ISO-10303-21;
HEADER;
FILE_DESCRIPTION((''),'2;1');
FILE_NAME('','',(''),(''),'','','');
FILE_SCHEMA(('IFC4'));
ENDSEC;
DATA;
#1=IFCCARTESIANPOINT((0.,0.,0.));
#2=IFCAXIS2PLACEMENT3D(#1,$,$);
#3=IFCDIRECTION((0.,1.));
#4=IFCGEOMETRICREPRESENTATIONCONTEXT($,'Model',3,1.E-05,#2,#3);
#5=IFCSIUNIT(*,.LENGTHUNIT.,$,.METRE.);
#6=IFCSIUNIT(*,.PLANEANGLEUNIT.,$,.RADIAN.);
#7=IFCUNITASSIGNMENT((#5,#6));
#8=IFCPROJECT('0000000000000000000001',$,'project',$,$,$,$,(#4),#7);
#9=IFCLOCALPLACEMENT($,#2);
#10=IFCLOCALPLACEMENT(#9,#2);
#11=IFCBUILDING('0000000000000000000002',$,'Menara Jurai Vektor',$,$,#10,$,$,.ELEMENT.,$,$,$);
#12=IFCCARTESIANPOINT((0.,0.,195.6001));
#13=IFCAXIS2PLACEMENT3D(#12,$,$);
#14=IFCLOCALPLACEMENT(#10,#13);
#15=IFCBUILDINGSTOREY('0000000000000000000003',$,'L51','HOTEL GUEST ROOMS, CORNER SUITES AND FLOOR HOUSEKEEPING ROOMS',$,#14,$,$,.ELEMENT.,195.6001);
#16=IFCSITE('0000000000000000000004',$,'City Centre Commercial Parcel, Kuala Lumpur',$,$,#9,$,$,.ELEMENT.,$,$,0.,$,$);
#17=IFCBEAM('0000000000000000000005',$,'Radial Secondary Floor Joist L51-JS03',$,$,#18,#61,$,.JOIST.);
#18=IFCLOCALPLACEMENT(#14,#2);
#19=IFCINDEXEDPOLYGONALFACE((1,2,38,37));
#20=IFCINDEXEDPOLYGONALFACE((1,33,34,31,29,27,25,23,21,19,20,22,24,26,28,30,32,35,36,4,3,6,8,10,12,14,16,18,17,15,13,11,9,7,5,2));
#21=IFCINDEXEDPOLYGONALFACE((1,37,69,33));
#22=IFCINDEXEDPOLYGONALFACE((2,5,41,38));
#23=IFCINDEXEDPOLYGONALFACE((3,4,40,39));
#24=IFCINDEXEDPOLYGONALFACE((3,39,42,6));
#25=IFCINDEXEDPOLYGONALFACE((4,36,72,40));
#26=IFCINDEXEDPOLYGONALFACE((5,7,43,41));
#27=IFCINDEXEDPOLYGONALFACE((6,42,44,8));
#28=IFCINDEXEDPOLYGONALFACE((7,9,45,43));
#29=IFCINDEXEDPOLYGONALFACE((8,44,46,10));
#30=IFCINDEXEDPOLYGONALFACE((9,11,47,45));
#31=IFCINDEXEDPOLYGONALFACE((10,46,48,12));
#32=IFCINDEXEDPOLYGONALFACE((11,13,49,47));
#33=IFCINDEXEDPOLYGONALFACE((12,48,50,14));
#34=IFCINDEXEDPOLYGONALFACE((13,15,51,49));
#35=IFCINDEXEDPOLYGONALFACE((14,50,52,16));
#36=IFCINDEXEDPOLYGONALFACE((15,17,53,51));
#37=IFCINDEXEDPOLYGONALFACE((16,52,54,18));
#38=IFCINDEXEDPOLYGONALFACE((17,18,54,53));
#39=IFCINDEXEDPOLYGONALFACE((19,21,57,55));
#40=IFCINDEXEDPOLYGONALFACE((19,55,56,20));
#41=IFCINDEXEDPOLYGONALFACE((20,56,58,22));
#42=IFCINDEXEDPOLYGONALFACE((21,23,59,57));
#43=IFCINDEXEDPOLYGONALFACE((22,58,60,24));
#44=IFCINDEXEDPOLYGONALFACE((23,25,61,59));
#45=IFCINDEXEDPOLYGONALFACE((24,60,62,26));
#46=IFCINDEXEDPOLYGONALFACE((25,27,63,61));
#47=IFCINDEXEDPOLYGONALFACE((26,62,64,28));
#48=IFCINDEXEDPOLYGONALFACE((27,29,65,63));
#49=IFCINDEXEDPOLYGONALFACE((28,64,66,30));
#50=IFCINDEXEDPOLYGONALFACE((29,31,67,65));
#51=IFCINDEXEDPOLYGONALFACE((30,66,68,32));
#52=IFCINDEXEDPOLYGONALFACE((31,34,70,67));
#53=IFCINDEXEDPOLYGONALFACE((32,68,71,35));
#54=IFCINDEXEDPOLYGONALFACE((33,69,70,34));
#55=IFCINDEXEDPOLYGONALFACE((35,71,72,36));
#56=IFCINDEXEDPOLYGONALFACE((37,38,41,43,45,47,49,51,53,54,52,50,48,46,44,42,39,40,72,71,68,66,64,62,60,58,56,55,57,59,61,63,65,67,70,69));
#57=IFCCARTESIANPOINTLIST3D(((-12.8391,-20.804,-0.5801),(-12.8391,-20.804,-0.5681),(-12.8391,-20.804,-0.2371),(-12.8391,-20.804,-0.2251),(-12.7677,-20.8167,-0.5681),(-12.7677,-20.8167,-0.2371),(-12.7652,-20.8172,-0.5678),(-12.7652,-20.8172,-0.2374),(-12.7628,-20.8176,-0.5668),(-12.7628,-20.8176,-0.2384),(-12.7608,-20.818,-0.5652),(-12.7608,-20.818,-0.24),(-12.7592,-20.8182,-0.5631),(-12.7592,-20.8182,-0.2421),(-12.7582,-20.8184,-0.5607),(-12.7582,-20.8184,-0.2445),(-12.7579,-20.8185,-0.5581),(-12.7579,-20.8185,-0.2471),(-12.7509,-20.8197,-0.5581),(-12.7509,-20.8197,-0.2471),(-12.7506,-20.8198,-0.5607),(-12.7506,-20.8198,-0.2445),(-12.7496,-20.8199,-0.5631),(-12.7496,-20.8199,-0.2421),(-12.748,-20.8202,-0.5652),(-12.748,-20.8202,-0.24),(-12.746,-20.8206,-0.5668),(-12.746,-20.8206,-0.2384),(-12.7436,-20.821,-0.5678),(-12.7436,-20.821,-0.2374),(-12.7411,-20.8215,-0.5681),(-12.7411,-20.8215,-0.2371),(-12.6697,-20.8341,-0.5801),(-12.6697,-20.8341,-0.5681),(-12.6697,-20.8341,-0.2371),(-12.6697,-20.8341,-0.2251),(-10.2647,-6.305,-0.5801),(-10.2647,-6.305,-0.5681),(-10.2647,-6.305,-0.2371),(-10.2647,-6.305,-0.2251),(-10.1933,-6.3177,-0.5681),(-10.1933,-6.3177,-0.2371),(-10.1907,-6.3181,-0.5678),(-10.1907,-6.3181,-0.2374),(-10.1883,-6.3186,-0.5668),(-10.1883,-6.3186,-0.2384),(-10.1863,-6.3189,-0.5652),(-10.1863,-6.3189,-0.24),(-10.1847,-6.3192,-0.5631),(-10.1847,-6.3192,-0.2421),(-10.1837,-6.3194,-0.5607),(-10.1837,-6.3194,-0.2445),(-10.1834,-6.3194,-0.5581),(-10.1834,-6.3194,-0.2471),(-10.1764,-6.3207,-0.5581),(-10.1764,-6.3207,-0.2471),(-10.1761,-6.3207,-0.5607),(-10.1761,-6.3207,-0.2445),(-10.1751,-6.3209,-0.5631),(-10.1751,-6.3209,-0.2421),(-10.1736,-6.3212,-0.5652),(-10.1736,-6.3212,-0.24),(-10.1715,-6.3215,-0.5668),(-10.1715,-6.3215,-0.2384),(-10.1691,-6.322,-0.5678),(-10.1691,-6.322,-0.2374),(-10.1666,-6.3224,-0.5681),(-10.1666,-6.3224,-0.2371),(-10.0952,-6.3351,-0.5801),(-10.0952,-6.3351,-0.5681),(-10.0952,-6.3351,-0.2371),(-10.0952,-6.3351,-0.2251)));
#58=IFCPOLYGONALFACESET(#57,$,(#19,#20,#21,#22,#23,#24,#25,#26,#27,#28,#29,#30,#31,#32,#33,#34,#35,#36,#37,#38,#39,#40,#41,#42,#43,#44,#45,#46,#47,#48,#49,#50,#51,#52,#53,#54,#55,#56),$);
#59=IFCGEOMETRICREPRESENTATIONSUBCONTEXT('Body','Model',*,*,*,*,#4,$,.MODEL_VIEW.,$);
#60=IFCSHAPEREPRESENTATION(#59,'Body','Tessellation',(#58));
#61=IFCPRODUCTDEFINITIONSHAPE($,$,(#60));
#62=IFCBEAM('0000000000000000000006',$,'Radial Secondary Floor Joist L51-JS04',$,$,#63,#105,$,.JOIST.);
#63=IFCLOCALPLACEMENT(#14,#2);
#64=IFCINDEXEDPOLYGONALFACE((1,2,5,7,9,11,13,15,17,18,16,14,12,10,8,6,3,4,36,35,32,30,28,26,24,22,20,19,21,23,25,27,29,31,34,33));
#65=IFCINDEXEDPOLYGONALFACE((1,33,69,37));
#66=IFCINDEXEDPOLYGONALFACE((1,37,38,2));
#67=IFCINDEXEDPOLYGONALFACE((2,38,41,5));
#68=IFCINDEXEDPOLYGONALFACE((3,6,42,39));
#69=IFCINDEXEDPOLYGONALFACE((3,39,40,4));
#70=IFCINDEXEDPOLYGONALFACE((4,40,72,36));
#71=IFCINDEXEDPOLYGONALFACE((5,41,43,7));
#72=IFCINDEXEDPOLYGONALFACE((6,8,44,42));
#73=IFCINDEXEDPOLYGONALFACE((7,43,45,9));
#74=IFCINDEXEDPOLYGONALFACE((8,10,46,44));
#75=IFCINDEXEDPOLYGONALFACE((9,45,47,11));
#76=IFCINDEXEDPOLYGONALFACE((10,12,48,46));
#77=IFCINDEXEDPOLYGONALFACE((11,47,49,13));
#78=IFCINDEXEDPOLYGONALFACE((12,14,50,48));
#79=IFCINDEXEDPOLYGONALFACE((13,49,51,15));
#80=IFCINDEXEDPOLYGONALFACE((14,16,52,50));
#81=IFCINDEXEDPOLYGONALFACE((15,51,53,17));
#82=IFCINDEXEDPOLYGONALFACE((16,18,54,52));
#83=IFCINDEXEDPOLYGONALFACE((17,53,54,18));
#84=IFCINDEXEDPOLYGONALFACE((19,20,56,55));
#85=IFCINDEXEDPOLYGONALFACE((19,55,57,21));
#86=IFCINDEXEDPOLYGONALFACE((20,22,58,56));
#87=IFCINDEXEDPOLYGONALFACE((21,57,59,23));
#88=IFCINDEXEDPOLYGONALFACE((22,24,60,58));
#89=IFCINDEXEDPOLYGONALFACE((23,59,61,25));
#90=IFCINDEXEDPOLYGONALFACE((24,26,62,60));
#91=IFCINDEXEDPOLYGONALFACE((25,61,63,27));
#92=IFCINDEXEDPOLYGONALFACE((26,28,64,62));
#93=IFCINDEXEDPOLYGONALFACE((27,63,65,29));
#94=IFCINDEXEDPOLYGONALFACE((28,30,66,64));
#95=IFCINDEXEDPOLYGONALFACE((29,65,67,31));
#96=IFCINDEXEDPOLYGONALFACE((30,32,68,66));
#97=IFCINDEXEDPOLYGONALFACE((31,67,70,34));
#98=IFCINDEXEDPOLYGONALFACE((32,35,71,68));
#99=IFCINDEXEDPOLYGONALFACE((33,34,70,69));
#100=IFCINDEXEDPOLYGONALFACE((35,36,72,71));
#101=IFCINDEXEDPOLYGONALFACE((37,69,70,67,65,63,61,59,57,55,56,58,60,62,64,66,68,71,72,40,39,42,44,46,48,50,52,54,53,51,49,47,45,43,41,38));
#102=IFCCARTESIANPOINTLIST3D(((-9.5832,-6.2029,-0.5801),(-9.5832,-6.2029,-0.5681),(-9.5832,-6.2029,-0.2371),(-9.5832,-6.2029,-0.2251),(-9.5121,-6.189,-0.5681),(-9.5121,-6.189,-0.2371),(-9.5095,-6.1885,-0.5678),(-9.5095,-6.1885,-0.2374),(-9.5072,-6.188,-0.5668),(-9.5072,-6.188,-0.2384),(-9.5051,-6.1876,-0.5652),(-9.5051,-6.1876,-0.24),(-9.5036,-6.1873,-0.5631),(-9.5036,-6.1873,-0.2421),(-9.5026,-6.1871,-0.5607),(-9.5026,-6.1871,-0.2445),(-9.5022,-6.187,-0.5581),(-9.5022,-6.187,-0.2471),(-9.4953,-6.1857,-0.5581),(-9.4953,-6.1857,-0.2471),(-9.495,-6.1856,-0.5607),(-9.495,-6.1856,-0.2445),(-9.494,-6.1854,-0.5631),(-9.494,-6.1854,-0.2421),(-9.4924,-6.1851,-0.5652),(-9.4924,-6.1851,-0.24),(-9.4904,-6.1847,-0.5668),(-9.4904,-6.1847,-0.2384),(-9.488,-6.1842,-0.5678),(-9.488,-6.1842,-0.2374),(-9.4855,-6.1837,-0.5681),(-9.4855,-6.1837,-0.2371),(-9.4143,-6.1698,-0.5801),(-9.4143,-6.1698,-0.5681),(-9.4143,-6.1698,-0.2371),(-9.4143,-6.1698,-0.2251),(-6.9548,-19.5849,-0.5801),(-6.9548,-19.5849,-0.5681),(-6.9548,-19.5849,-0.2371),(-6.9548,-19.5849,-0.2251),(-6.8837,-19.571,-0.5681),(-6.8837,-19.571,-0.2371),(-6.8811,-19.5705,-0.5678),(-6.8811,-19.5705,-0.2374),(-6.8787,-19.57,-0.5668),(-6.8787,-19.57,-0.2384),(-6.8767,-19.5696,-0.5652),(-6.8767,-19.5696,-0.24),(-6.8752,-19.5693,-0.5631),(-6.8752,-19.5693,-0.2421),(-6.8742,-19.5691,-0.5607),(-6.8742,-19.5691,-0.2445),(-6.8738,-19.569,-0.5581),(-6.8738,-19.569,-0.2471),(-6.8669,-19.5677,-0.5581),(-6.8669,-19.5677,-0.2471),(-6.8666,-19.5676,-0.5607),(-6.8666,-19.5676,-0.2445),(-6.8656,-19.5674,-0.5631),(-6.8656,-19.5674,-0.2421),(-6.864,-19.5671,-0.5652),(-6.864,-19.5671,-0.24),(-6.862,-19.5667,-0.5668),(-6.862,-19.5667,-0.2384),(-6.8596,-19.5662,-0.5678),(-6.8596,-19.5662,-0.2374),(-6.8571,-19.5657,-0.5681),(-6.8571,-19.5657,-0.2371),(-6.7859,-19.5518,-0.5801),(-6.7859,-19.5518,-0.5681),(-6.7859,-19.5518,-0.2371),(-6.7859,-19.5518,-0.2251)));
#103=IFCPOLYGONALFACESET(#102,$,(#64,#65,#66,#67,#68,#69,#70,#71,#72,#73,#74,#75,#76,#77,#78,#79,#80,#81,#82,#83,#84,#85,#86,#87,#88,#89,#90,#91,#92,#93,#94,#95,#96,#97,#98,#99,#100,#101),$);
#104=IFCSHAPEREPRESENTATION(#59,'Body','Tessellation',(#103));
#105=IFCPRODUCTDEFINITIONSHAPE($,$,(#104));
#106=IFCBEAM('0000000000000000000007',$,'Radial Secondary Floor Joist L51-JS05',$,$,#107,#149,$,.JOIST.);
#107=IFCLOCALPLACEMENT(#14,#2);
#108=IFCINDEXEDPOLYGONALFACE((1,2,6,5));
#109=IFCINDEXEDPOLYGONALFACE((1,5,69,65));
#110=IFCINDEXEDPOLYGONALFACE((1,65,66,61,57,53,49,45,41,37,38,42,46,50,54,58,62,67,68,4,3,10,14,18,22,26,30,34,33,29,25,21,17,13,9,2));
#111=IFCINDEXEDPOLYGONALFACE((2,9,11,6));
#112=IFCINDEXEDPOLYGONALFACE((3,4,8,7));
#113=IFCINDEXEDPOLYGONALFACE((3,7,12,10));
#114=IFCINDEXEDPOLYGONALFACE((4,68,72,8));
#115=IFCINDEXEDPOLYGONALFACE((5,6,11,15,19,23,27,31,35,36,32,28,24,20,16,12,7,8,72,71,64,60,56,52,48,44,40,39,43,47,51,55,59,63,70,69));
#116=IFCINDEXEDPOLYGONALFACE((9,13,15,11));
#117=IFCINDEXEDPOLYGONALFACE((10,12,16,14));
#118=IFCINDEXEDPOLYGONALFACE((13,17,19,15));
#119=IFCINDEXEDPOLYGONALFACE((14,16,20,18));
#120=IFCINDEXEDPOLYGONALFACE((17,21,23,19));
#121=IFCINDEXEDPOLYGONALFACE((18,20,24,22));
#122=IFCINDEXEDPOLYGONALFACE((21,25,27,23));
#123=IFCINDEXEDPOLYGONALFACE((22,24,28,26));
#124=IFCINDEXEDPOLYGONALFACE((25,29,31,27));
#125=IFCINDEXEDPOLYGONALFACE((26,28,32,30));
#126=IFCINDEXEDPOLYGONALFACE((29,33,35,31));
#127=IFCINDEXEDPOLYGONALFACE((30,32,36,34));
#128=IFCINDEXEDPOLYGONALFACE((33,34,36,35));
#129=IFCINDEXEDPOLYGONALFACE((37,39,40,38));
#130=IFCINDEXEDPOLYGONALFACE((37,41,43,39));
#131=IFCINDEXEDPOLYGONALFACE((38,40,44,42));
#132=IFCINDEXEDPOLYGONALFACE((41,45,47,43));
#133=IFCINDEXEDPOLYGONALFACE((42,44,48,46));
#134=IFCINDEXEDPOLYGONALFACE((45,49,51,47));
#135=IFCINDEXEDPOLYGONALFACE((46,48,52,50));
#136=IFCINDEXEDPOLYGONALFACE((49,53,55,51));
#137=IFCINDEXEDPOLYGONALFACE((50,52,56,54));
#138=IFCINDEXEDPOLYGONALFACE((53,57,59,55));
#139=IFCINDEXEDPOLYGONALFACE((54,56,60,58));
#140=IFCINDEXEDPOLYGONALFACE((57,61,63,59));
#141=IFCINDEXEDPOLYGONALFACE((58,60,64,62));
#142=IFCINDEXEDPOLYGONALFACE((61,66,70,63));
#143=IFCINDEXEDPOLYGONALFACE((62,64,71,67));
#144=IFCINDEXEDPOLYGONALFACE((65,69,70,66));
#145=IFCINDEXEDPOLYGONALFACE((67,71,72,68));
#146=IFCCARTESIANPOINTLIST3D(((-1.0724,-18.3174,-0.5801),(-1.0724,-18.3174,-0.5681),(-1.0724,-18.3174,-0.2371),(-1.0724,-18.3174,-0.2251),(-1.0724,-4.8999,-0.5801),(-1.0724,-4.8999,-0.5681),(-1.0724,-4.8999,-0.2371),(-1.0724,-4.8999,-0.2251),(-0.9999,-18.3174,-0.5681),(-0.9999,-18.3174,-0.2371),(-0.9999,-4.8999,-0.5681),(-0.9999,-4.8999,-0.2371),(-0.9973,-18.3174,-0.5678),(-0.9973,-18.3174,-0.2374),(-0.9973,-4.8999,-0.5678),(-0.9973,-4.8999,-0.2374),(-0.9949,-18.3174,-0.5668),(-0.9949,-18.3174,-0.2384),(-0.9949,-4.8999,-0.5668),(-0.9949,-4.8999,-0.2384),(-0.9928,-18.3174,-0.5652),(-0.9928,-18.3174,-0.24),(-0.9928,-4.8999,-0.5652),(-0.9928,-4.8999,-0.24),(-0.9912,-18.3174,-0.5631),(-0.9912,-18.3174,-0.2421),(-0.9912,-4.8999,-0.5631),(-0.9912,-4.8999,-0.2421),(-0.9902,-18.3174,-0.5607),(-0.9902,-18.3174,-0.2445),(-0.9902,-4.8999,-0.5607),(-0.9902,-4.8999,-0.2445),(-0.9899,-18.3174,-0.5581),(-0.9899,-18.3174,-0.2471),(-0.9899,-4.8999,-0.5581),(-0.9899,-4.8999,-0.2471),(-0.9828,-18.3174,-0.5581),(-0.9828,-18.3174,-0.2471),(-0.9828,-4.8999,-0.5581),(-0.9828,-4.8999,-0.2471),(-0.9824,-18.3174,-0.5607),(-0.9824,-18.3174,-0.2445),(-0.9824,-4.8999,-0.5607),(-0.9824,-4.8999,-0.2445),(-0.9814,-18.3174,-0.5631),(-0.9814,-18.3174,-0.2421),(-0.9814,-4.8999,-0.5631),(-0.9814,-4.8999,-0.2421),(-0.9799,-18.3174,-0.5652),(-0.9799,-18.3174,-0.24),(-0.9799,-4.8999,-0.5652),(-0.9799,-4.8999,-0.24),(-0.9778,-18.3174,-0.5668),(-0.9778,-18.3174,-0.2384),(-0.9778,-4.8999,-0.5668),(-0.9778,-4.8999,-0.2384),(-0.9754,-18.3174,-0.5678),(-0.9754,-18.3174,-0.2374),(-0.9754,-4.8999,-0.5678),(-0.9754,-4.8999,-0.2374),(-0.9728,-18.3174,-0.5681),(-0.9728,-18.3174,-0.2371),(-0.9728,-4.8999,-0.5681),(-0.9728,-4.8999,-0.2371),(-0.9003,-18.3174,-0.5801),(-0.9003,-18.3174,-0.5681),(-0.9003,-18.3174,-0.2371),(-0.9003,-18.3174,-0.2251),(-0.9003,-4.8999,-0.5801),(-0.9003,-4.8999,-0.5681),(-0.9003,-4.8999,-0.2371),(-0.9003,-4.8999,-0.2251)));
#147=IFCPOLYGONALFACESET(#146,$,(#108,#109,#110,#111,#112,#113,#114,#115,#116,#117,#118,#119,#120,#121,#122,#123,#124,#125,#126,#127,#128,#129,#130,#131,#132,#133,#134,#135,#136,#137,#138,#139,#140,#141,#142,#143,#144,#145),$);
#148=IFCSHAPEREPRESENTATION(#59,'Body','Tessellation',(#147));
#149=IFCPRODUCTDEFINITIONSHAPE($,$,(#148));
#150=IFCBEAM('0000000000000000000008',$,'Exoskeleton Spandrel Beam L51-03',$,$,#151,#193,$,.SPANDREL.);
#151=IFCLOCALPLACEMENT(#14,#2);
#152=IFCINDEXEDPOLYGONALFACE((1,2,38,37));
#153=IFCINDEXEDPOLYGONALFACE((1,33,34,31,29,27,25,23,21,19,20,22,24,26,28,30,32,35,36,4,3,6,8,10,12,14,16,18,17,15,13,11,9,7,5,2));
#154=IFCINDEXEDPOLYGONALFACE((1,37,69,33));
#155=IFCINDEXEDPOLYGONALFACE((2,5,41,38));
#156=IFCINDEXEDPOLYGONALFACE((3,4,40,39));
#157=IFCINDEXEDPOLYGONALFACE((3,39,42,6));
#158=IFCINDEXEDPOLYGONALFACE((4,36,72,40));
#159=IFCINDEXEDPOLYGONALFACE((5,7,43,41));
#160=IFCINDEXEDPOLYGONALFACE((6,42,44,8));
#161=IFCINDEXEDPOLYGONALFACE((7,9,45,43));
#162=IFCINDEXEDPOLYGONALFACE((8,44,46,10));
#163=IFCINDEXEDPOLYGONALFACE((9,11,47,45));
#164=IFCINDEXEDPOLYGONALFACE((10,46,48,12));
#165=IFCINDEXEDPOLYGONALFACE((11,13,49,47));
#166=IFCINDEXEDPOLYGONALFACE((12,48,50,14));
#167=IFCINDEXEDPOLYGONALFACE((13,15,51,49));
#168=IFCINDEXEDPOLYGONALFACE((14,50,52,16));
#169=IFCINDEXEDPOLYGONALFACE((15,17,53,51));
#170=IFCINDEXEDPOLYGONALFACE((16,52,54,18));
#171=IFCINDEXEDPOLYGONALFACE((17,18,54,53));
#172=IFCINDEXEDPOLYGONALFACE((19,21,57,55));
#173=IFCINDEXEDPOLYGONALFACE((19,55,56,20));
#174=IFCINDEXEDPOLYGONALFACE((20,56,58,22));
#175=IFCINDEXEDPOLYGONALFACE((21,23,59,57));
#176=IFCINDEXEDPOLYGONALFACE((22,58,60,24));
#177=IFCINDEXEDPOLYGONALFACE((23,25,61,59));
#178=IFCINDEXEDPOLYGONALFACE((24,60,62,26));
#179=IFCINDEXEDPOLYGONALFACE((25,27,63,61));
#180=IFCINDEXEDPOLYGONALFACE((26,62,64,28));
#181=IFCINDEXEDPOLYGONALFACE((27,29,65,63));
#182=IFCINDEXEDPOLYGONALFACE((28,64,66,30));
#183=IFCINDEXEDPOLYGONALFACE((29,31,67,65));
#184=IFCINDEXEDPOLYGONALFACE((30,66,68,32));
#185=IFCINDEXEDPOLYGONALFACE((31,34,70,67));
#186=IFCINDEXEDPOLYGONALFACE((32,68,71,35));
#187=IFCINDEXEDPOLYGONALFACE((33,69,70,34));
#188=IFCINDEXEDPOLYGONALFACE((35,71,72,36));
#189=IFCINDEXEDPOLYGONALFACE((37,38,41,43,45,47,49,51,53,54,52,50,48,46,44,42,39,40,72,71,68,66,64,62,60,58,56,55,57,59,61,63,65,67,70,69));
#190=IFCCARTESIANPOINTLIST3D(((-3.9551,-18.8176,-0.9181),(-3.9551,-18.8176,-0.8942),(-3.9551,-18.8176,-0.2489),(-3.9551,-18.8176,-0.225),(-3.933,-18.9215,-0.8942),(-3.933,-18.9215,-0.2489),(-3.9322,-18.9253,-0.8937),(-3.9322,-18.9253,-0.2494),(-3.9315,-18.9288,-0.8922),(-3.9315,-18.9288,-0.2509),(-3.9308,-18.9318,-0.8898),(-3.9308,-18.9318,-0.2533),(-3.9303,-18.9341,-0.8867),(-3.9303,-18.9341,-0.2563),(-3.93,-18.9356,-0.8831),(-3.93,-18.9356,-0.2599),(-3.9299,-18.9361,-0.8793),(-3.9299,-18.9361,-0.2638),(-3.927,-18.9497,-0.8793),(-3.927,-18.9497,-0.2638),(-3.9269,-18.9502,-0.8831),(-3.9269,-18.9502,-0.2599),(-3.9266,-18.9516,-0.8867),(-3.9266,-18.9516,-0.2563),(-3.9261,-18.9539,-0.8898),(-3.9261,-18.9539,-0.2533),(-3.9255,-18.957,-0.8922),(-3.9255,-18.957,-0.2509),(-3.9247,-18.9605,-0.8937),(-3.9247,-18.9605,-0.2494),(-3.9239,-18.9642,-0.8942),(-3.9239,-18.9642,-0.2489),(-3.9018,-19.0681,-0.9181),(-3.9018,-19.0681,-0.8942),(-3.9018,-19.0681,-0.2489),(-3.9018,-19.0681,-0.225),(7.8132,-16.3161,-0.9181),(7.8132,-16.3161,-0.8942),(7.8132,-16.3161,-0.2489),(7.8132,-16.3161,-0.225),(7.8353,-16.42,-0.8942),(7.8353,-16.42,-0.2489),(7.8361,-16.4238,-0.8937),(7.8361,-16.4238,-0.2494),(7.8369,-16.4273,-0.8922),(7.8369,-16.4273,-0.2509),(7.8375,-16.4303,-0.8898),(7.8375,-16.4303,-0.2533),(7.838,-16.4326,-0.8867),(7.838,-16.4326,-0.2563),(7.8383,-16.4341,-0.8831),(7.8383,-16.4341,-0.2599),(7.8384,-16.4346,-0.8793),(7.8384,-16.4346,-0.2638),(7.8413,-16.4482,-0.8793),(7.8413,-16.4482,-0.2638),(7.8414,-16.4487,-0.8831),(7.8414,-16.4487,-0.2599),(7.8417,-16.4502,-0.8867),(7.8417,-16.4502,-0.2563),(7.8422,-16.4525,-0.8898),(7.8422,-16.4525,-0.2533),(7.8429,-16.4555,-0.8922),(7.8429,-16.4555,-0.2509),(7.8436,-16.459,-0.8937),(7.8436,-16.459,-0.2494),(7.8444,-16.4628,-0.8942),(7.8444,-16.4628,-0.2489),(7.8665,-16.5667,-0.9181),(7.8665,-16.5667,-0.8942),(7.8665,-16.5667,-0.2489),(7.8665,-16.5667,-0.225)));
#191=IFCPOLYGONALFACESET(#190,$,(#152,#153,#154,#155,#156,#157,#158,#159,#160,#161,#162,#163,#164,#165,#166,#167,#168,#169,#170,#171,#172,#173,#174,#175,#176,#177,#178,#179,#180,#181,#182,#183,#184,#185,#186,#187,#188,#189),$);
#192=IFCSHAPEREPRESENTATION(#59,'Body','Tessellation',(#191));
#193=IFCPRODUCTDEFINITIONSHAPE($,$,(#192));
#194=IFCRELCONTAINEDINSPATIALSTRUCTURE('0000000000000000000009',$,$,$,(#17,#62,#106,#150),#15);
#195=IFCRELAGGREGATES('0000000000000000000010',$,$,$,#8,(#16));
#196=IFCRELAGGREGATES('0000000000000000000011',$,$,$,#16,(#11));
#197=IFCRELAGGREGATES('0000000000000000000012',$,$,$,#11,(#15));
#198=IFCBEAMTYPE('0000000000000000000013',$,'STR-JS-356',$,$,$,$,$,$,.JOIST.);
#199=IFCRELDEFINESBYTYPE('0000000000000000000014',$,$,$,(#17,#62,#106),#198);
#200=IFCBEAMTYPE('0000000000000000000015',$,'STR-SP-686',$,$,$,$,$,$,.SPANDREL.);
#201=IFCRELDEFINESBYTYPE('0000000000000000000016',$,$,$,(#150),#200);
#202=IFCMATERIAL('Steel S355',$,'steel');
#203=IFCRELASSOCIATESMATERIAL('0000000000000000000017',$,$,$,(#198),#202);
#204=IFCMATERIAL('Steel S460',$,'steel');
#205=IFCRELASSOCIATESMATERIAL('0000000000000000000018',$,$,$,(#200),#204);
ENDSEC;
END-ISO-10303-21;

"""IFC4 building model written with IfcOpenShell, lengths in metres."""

from ifc_helpers import new_model, si_unit, direction, frame, origin, origin_2d, place, context, subcontext, project, spatial, i_section, extrude, material, material_profile, profile_set, type_object, element, save


model = new_model("IFC4")

# Units and contexts
model_context = context("Model", 3, precision=1e-05, world=origin(), true_north=direction((0.0, 1.0)))
body_context = subcontext(model_context, "Body", "Model", "MODEL_VIEW")
ifc_project = project(units=[si_unit("LENGTHUNIT", "METRE"), si_unit("PLANEANGLEUNIT", "RADIAN")], contexts=[model_context])

# Site, building, storey
site_placement = place(None, origin())
site = spatial("IfcSite", under=ifc_project, at=site_placement, Name="City Centre Commercial Parcel, Kuala Lumpur", CompositionType="ELEMENT", RefElevation=0.0)
building_placement = place(site_placement, origin())
building = spatial("IfcBuilding", under=site, at=building_placement, Name="Menara Jurai Vektor", CompositionType="ELEMENT")
storey_placement = place(building_placement, frame((0.0, 0.0, 195.6001)))
storey = spatial("IfcBuildingStorey", under=building, at=storey_placement, Name="L51", Description="HOTEL GUEST ROOMS, CORNER SUITES AND FLOOR HOUSEKEEPING ROOMS", CompositionType="ELEMENT", Elevation=195.6001)

# Shared definitions
ifc_material_1 = material(Name="Steel S460", Category="steel")

# Beams
ifc_material_2 = material(Name="Steel S355", Category="steel")
ifc_material_profile_1 = material_profile(ifc_material_2, i_section(OverallWidth=0.1721, OverallDepth=0.355, WebThickness=0.0071, FlangeThickness=0.012, FilletRadius=0.01, at=origin_2d()), Name="UKB 356x171x51")
ifc_profile_set_1 = profile_set([ifc_material_profile_1], Name="Steel S355")
beam_type_1 = type_object("IfcBeamType", Name="STR-JS-356", PredefinedType="JOIST", material=ifc_profile_set_1)
beam_1_placement = place(storey_placement, frame((-12.7544, -20.8191, -0.4026), z_axis=(0.174827, 0.984599, 0.0), x_axis=(-0.984599, 0.174827, 0.0)))
element("IfcBeam", 1, at=beam_1_placement, inside=storey, type_object=beam_type_1, Name="Radial Secondary Floor Joist L51-JS03", PredefinedType="JOIST", context=body_context, shape_type="SweptSolid", body=[
    extrude(i_section(OverallWidth=0.1721, OverallDepth=0.355, WebThickness=0.0071, FlangeThickness=0.012, FilletRadius=0.01, at=origin_2d()), origin(), (0.0, 0.0, 1.0), 14.7258),
])
beam_2_placement = place(storey_placement, frame((-6.8704, -19.5684, -0.4026), z_axis=(-0.192731, 0.981252, 0.0), x_axis=(-0.981252, -0.192731, 0.0)))
element("IfcBeam", 2, at=beam_2_placement, inside=storey, type_object=beam_type_1, Name="Radial Secondary Floor Joist L51-JS04", PredefinedType="JOIST", context=body_context, shape_type="SweptSolid", body=[
    extrude(i_section(OverallWidth=0.1721, OverallDepth=0.355, WebThickness=0.0071, FlangeThickness=0.012, FilletRadius=0.01, at=origin_2d()), origin(), (0.0, 0.0, 1.0), 13.6377),
])
beam_3_placement = place(storey_placement, frame((-0.9863, -18.3174, -0.4026), z_axis=(0.0, 1.0, 0.0), x_axis=(-1.0, 0.0, 0.0)))
element("IfcBeam", 3, at=beam_3_placement, inside=storey, type_object=beam_type_1, Name="Radial Secondary Floor Joist L51-JS05", PredefinedType="JOIST", context=body_context, shape_type="SweptSolid", body=[
    extrude(i_section(OverallWidth=0.1721, OverallDepth=0.355, WebThickness=0.0071, FlangeThickness=0.012, FilletRadius=0.01, at=origin_2d()), origin(), (0.0, 0.0, 1.0), 13.4175),
])
ifc_material_profile_2 = material_profile(ifc_material_1, i_section(OverallWidth=0.2561, OverallDepth=0.6931, WebThickness=0.0139, FlangeThickness=0.0239, FilletRadius=0.0149, at=origin_2d()), Name="UKB 686x254x170")
ifc_profile_set_2 = profile_set([ifc_material_profile_2], Name="Steel S460")
beam_type_2 = type_object("IfcBeamType", Name="STR-SP-686", PredefinedType="SPANDREL", material=ifc_profile_set_2)
beam_4_placement = place(storey_placement, frame((-3.9285, -18.9429, -0.5715), z_axis=(0.978147, 0.207914, 0.0), x_axis=(-0.207914, 0.978147, 0.0)))
element("IfcBeam", 4, at=beam_4_placement, inside=storey, type_object=beam_type_2, Name="Exoskeleton Spandrel Beam L51-03", PredefinedType="SPANDREL", context=body_context, shape_type="SweptSolid", body=[
    extrude(i_section(OverallWidth=0.2561, OverallDepth=0.6931, WebThickness=0.0139, FlangeThickness=0.0239, FilletRadius=0.0149, at=origin_2d()), origin(), (0.0, 0.0, 1.0), 12.0312),
])

save(model, "model.ifc")
